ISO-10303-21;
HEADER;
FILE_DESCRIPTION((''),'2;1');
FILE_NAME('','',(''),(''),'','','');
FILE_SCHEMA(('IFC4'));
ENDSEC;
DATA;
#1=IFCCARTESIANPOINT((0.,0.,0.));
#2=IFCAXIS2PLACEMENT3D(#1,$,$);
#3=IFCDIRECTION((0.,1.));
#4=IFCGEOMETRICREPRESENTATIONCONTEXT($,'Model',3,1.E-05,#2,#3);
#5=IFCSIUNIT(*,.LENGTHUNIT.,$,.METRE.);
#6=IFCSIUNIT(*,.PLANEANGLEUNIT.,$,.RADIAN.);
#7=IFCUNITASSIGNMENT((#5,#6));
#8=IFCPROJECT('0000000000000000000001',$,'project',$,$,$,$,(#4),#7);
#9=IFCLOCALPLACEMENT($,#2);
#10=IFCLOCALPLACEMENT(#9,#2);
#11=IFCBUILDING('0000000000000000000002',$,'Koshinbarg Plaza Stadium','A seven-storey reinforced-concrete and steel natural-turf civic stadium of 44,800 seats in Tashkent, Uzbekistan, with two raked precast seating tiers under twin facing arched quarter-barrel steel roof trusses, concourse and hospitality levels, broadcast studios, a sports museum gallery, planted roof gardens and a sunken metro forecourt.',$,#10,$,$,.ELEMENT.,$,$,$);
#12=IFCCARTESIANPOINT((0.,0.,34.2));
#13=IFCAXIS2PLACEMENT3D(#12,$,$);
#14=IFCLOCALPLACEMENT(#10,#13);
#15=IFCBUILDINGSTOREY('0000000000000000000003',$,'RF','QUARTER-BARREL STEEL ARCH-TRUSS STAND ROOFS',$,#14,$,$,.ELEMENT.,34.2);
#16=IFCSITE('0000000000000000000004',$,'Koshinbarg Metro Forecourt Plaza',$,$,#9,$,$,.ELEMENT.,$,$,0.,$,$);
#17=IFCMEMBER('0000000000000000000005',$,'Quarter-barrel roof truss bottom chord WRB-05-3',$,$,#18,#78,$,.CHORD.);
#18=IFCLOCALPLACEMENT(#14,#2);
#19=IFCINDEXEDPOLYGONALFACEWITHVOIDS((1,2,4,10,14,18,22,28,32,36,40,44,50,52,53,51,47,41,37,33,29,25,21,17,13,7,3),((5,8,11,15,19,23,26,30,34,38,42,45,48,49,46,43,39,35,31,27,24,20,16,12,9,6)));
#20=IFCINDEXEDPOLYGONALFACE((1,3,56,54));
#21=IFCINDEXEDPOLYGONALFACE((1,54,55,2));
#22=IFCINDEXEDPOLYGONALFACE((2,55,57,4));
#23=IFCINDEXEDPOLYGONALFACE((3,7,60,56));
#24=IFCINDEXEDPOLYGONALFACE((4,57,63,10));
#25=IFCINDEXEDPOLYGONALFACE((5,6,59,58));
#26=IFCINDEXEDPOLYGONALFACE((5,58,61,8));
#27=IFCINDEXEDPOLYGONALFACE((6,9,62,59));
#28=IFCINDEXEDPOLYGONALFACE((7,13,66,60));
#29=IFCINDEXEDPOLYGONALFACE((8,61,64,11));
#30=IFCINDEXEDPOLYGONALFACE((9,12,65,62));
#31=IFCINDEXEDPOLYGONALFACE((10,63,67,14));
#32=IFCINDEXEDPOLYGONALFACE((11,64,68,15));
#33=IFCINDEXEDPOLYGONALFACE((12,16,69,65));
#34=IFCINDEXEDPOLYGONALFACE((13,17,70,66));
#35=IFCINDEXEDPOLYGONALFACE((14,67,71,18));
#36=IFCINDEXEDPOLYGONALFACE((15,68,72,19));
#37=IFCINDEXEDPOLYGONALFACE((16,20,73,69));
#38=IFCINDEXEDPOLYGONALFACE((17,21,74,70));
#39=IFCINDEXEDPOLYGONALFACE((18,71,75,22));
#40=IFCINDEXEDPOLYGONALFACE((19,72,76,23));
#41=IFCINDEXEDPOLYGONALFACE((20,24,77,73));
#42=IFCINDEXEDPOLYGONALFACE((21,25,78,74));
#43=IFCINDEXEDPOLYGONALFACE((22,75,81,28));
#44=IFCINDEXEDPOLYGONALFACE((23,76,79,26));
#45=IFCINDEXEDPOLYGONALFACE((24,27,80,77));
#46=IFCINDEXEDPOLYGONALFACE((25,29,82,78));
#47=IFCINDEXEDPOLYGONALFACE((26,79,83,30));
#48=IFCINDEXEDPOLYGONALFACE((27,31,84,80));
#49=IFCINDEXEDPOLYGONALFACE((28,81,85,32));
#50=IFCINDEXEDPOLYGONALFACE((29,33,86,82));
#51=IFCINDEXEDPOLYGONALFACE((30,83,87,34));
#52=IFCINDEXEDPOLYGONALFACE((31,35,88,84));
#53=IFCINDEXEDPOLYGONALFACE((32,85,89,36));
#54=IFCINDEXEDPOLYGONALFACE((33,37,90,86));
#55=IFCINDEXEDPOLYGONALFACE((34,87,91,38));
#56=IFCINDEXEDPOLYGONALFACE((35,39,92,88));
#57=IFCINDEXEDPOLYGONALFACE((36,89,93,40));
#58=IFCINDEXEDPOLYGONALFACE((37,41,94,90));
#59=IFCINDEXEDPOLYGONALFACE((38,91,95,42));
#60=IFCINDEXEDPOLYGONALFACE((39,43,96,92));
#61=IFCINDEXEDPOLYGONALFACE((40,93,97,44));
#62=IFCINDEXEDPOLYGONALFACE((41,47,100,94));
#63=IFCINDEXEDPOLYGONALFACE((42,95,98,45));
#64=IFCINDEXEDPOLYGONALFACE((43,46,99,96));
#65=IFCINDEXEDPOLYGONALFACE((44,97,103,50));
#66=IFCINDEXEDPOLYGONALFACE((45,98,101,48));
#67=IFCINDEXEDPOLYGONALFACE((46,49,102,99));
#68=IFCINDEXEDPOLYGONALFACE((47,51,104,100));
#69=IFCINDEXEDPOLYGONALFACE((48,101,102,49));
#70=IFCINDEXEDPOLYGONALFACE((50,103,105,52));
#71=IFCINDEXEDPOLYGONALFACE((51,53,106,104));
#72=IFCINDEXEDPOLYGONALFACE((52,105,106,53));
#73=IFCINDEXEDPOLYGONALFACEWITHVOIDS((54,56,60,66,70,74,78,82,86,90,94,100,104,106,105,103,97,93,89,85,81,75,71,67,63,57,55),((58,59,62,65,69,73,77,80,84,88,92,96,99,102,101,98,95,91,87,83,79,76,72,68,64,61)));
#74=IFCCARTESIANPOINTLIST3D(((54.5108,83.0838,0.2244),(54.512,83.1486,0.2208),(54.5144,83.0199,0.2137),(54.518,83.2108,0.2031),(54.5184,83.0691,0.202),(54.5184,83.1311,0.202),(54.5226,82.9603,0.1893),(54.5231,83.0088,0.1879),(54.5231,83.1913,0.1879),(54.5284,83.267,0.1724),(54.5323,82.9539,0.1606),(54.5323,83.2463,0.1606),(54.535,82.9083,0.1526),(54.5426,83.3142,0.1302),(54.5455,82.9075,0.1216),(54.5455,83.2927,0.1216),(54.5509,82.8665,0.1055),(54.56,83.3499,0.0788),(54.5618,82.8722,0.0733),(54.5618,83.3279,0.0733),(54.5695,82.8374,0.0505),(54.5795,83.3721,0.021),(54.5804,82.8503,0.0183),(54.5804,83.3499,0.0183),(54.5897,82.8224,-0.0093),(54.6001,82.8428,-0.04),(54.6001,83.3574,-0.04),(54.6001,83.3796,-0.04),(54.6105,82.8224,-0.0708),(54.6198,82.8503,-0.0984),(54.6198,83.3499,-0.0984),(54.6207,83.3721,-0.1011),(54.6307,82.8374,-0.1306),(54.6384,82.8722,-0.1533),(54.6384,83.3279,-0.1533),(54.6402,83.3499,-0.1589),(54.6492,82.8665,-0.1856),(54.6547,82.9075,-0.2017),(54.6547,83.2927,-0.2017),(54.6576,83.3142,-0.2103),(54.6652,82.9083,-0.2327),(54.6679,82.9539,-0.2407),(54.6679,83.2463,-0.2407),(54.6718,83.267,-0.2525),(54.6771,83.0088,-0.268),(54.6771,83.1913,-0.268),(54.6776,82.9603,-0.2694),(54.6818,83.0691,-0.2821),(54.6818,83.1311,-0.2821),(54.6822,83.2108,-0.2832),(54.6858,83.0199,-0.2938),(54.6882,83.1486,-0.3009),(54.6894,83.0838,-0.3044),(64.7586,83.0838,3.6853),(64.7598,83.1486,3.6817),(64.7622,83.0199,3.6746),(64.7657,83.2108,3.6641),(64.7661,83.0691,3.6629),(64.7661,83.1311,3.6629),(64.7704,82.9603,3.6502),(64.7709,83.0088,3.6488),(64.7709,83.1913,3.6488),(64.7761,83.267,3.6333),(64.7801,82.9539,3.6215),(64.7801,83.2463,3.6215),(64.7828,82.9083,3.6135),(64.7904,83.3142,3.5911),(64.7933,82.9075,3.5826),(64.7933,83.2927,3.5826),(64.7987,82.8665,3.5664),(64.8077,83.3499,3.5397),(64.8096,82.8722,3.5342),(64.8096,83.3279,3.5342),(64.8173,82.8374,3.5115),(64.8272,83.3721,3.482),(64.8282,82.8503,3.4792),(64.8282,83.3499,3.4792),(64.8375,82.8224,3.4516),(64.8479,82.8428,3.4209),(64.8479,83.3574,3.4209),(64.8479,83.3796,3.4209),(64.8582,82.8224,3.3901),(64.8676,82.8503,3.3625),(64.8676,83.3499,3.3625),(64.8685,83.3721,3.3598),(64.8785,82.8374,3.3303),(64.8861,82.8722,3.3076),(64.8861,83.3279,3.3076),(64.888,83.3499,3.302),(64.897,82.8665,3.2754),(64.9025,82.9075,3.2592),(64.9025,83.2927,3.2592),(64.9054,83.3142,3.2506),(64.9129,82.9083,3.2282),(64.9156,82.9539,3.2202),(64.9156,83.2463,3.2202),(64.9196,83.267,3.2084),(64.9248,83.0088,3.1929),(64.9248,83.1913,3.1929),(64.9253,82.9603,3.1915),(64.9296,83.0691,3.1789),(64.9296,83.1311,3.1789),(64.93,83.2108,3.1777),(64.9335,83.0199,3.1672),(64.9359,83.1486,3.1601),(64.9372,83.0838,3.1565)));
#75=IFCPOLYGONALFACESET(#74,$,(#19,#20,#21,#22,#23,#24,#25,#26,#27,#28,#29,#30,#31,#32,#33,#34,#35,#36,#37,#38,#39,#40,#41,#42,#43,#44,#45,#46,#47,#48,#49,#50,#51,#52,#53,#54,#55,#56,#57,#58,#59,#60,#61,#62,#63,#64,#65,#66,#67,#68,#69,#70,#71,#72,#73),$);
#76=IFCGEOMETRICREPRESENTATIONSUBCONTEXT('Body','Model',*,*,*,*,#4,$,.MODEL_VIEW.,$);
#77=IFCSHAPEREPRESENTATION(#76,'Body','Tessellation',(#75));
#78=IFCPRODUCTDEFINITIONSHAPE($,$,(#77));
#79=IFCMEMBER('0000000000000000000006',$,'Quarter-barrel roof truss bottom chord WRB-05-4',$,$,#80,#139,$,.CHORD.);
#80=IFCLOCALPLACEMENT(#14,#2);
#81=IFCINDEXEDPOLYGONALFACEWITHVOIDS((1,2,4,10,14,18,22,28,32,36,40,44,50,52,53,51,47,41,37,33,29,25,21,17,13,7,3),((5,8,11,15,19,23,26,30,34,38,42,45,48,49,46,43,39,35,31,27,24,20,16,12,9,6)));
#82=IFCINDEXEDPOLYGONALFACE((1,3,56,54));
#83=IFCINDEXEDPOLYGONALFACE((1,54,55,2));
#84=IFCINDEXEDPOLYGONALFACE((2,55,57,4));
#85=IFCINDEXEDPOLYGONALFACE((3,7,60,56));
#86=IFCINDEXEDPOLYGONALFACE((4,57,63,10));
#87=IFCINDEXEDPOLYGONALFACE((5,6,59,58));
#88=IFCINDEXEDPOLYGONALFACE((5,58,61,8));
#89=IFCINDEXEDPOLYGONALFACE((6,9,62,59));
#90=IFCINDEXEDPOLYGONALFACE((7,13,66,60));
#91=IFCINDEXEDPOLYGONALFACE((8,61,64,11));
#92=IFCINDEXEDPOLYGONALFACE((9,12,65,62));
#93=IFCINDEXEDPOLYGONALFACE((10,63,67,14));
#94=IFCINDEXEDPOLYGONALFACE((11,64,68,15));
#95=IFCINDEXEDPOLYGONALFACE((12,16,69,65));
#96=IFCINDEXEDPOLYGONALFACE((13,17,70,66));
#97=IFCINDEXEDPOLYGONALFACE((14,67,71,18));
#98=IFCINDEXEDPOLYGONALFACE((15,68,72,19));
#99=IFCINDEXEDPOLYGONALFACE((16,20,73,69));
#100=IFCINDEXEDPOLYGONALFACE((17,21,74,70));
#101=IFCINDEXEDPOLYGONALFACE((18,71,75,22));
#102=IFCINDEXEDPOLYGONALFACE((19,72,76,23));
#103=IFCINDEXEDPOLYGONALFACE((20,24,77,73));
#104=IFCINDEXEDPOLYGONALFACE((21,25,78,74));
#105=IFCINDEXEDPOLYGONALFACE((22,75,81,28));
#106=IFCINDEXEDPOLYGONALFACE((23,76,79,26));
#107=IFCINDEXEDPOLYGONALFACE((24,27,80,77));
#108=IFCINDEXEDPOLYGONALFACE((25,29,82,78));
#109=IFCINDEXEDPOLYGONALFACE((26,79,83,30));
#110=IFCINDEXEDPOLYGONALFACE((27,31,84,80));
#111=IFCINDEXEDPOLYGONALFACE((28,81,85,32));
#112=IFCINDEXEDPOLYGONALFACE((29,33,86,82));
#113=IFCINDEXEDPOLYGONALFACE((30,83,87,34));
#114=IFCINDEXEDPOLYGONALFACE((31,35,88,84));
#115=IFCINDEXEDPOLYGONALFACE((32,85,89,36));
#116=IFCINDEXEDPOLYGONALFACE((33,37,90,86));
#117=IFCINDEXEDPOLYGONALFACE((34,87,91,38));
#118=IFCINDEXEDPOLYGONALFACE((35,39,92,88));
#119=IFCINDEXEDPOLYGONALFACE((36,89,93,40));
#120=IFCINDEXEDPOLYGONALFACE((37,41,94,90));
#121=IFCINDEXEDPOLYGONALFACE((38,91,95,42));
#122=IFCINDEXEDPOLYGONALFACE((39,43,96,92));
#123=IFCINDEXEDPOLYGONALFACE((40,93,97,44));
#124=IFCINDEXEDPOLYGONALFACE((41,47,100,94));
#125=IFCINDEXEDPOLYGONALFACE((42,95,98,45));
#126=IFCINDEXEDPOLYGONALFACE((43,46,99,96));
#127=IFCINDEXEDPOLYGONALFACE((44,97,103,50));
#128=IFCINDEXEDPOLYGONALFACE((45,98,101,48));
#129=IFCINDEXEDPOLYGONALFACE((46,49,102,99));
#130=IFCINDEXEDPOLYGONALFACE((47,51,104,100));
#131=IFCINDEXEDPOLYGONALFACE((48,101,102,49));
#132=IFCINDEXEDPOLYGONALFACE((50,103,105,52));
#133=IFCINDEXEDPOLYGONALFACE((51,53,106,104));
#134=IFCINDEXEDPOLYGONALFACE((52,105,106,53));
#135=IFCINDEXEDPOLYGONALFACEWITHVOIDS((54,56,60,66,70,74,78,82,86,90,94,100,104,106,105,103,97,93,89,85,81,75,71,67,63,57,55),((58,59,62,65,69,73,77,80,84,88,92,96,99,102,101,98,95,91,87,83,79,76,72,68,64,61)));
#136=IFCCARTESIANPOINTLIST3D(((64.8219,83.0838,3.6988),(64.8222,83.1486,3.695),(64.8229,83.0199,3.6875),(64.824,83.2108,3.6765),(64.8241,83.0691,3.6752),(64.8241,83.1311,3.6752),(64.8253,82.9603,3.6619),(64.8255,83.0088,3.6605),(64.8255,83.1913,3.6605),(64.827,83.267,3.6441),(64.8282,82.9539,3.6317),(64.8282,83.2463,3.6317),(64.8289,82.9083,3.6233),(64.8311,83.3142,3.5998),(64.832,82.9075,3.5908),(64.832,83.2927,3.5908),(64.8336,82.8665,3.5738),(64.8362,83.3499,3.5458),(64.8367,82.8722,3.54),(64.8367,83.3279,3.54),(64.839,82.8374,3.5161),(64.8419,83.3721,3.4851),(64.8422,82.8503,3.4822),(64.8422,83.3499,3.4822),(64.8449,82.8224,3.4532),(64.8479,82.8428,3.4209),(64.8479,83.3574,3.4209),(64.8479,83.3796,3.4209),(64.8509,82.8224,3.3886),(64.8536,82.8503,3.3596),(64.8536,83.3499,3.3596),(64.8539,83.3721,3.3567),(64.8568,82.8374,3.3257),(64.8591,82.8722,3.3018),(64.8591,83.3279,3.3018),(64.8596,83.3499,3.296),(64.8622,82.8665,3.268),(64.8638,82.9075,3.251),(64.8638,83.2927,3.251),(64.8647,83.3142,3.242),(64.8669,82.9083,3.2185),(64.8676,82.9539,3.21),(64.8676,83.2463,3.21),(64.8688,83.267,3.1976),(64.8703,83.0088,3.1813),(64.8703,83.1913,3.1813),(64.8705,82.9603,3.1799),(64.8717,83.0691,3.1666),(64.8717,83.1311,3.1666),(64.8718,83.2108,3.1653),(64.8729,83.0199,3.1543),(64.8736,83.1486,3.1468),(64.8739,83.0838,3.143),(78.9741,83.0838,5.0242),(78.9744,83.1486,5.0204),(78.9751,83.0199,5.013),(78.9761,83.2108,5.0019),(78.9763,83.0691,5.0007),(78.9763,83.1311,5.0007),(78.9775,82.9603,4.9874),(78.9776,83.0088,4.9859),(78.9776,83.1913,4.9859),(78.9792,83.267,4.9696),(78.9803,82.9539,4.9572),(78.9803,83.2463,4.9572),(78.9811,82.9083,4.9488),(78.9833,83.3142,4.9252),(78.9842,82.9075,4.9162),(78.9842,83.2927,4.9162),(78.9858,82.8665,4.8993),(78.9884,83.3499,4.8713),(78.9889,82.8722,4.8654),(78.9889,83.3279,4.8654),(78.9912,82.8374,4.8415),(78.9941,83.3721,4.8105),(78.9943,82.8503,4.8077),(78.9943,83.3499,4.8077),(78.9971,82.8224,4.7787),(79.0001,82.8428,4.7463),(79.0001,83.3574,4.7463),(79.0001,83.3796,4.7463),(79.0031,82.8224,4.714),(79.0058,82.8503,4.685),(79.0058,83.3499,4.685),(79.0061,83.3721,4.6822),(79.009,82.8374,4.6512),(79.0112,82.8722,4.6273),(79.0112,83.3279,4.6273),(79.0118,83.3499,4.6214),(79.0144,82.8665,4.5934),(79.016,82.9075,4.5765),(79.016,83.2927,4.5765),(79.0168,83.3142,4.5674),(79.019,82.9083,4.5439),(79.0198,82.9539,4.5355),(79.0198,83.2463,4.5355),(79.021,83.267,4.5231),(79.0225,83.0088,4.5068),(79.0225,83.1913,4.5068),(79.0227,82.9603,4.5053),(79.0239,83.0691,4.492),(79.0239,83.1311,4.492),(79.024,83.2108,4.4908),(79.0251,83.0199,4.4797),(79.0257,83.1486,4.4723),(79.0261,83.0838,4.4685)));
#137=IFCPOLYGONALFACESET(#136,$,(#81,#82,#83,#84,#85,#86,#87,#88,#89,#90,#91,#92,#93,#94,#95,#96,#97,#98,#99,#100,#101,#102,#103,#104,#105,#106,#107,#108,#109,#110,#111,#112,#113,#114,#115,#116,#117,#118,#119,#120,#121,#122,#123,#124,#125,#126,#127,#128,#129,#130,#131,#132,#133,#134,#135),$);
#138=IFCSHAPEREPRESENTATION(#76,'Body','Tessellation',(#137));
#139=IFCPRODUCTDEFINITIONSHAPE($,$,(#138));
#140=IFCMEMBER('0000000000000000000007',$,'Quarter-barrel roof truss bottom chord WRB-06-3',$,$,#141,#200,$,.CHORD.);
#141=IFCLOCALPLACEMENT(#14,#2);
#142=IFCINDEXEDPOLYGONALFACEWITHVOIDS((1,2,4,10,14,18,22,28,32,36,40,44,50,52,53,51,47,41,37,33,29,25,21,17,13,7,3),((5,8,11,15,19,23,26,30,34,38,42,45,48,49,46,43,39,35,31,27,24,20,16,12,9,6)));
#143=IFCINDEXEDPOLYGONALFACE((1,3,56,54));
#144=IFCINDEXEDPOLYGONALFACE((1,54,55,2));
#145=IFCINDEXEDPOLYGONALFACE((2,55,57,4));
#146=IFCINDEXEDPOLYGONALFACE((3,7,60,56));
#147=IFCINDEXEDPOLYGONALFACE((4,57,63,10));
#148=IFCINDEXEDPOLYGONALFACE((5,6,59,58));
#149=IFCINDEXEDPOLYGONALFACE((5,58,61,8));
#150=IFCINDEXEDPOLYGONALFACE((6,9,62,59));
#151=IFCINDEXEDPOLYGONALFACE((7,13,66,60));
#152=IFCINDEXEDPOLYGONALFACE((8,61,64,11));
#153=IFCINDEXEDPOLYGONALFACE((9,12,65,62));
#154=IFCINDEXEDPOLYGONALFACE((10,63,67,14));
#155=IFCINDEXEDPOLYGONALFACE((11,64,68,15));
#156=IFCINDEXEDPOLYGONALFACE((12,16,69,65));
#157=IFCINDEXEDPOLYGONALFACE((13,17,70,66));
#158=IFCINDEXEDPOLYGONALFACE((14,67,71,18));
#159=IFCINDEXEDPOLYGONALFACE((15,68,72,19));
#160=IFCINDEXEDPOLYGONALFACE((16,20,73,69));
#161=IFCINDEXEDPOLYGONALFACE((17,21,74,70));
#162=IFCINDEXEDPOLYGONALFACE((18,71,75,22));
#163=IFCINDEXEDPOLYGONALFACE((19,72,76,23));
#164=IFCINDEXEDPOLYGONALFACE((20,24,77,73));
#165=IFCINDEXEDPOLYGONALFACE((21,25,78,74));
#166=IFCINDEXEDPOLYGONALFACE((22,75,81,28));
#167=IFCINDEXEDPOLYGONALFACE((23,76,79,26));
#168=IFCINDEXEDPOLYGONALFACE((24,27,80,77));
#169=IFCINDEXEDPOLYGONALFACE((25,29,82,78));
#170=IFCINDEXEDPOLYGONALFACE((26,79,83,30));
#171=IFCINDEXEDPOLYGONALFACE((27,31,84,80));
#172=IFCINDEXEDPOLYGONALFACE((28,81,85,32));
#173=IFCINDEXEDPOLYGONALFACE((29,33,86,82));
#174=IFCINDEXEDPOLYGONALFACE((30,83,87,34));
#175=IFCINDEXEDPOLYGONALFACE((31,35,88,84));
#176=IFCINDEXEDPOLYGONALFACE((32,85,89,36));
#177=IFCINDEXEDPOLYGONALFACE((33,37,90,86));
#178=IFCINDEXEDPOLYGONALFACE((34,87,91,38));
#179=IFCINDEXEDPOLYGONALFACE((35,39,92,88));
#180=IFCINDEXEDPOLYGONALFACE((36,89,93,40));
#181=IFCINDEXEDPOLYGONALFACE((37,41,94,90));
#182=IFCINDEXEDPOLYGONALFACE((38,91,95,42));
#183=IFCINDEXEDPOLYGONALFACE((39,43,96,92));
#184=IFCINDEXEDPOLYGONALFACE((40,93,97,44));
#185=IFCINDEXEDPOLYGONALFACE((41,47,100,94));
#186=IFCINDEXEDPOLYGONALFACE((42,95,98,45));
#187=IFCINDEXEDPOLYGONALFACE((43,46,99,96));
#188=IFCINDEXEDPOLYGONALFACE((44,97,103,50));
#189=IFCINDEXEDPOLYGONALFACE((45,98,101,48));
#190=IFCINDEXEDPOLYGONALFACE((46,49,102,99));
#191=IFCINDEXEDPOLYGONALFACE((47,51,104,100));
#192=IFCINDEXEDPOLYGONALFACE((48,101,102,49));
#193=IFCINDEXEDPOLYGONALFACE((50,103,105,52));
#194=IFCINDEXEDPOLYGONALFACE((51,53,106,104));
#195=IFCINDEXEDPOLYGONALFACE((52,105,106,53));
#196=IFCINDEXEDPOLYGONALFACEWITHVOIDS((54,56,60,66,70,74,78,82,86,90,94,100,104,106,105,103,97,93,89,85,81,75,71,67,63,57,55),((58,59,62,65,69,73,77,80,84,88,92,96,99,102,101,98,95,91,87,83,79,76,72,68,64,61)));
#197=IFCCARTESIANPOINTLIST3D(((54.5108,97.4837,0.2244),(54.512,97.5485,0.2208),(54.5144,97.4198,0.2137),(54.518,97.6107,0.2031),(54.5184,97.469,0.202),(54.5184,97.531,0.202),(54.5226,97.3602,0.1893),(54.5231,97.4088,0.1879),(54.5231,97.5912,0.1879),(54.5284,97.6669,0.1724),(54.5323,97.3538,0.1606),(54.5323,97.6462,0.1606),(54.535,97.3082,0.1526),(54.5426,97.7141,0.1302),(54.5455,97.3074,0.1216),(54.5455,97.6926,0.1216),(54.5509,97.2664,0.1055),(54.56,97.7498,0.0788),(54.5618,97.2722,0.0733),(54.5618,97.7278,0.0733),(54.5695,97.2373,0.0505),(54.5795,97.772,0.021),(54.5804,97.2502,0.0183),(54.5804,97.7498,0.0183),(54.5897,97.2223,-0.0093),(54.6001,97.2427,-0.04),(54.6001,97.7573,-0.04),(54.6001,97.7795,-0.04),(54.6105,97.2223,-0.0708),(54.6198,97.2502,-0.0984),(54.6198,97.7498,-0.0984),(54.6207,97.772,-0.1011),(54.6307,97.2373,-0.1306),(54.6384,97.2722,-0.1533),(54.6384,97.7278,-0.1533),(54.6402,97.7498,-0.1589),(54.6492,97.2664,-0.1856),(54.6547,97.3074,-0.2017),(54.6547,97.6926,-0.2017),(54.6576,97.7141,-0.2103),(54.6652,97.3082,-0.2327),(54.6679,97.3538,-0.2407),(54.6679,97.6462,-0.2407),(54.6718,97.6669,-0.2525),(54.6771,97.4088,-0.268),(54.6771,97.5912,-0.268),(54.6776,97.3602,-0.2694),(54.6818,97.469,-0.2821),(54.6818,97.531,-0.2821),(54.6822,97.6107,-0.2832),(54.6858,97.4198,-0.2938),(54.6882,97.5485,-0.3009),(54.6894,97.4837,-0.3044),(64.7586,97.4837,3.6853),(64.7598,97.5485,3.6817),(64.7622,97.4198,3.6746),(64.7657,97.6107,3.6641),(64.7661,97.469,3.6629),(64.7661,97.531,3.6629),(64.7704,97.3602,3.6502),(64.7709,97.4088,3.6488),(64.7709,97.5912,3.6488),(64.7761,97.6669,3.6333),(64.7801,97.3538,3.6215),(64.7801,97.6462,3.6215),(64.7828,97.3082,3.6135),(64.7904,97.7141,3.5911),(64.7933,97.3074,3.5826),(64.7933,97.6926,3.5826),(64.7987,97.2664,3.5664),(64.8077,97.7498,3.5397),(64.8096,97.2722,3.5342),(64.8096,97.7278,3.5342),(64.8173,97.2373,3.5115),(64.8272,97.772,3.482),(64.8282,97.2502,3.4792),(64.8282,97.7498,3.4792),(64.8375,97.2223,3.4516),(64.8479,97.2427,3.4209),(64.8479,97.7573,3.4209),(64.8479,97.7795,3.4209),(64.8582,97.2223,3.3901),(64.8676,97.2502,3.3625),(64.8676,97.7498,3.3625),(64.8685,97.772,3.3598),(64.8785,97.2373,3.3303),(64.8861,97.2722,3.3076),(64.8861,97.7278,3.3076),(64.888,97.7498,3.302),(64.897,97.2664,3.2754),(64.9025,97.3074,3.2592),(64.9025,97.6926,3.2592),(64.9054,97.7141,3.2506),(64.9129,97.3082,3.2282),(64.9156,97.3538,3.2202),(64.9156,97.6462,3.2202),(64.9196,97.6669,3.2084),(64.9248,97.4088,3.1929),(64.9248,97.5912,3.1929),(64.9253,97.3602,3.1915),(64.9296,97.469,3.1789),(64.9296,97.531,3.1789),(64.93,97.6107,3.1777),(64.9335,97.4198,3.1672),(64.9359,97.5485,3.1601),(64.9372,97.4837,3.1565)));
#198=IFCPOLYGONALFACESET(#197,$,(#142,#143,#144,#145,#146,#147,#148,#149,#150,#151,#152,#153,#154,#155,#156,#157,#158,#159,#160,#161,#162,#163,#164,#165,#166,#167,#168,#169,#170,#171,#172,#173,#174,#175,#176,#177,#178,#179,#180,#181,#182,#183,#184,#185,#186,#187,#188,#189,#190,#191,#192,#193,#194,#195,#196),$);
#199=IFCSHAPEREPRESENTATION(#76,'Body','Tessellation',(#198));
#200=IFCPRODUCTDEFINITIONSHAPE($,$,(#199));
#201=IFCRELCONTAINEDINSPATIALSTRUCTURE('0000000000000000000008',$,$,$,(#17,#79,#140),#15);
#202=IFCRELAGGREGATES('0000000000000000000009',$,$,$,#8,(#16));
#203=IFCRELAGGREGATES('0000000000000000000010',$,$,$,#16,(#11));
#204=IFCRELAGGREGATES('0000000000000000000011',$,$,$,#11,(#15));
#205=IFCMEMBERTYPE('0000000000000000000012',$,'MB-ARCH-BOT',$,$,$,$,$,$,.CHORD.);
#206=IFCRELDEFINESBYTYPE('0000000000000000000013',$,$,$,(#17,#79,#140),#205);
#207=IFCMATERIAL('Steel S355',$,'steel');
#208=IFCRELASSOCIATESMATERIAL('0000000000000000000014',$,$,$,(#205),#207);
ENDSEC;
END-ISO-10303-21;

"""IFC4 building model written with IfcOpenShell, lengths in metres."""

from ifc_helpers import new_model, si_unit, direction, frame, origin, origin_2d, place, context, subcontext, project, spatial, hollow_circle, extrude, material, material_profile, profile_set, type_object, element, save


model = new_model("IFC4")

# Units and contexts
model_context = context("Model", 3, precision=1e-05, world=origin(), true_north=direction((0.0, 1.0)))
body_context = subcontext(model_context, "Body", "Model", "MODEL_VIEW")
ifc_project = project(units=[si_unit("LENGTHUNIT", "METRE"), si_unit("PLANEANGLEUNIT", "RADIAN")], contexts=[model_context])

# Site, building, storey
site_placement = place(None, origin())
site = spatial("IfcSite", under=ifc_project, at=site_placement, Name="Koshinbarg Metro Forecourt Plaza", CompositionType="ELEMENT", RefElevation=0.0)
building_placement = place(site_placement, origin())
building = spatial("IfcBuilding", under=site, at=building_placement, Name="Koshinbarg Plaza Stadium", Description="A seven-storey reinforced-concrete and steel natural-turf civic stadium of 44,800 seats in Tashkent, Uzbekistan, with two raked precast seating tiers under twin facing arched quarter-barrel steel roof trusses, concourse and hospitality levels, broadcast studios, a sports museum gallery, planted roof gardens and a sunken metro forecourt.", CompositionType="ELEMENT")
storey_placement = place(building_placement, frame((0.0, 0.0, 34.2)))
storey = spatial("IfcBuildingStorey", under=building, at=storey_placement, Name="RF", Description="QUARTER-BARREL STEEL ARCH-TRUSS STAND ROOFS", CompositionType="ELEMENT", Elevation=34.2)

# Members
ifc_material_1 = material(Name="Steel S355", Category="steel")
ifc_material_profile_1 = material_profile(ifc_material_1, hollow_circle(Radius=0.2795, WallThickness=0.0222, at=origin_2d()), Name="CHS 559x22.2")
ifc_profile_set_1 = profile_set([ifc_material_profile_1], Name="Steel S355")
member_type_1 = type_object("IfcMemberType", Name="MB-ARCH-BOT", PredefinedType="CHORD", material=ifc_profile_set_1)
member_1_placement = place(storey_placement, frame((54.6001, 83.1001, -0.04), z_axis=(0.947428, 0.0, 0.31997), x_axis=(0.0, 1.0, 0.0)))
element("IfcMember", 1, at=member_1_placement, inside=storey, type_object=member_type_1, Name="Quarter-barrel roof truss bottom chord WRB-05-3", PredefinedType="CHORD", context=body_context, shape_type="SweptSolid", body=[
    extrude(hollow_circle(Radius=0.2795, WallThickness=0.0222, at=origin_2d()), origin(), (0.0, 0.0, 1.0), 10.8164),
])
member_2_placement = place(storey_placement, frame((64.8479, 83.1001, 3.4209), z_axis=(0.995643, 0.0, 0.093249), x_axis=(0.0, 1.0, 0.0)))
element("IfcMember", 2, at=member_2_placement, inside=storey, type_object=member_type_1, Name="Quarter-barrel roof truss bottom chord WRB-05-4", PredefinedType="CHORD", context=body_context, shape_type="SweptSolid", body=[
    extrude(hollow_circle(Radius=0.2795, WallThickness=0.0222, at=origin_2d()), origin(), (0.0, 0.0, 1.0), 14.2141),
])
member_3_placement = place(storey_placement, frame((54.6001, 97.5, -0.04), z_axis=(0.947428, 0.0, 0.31997), x_axis=(0.0, 1.0, 0.0)))
element("IfcMember", 3, at=member_3_placement, inside=storey, type_object=member_type_1, Name="Quarter-barrel roof truss bottom chord WRB-06-3", PredefinedType="CHORD", context=body_context, shape_type="SweptSolid", body=[
    extrude(hollow_circle(Radius=0.2795, WallThickness=0.0222, at=origin_2d()), origin(), (0.0, 0.0, 1.0), 10.8164),
])

save(model, "model.ifc")
